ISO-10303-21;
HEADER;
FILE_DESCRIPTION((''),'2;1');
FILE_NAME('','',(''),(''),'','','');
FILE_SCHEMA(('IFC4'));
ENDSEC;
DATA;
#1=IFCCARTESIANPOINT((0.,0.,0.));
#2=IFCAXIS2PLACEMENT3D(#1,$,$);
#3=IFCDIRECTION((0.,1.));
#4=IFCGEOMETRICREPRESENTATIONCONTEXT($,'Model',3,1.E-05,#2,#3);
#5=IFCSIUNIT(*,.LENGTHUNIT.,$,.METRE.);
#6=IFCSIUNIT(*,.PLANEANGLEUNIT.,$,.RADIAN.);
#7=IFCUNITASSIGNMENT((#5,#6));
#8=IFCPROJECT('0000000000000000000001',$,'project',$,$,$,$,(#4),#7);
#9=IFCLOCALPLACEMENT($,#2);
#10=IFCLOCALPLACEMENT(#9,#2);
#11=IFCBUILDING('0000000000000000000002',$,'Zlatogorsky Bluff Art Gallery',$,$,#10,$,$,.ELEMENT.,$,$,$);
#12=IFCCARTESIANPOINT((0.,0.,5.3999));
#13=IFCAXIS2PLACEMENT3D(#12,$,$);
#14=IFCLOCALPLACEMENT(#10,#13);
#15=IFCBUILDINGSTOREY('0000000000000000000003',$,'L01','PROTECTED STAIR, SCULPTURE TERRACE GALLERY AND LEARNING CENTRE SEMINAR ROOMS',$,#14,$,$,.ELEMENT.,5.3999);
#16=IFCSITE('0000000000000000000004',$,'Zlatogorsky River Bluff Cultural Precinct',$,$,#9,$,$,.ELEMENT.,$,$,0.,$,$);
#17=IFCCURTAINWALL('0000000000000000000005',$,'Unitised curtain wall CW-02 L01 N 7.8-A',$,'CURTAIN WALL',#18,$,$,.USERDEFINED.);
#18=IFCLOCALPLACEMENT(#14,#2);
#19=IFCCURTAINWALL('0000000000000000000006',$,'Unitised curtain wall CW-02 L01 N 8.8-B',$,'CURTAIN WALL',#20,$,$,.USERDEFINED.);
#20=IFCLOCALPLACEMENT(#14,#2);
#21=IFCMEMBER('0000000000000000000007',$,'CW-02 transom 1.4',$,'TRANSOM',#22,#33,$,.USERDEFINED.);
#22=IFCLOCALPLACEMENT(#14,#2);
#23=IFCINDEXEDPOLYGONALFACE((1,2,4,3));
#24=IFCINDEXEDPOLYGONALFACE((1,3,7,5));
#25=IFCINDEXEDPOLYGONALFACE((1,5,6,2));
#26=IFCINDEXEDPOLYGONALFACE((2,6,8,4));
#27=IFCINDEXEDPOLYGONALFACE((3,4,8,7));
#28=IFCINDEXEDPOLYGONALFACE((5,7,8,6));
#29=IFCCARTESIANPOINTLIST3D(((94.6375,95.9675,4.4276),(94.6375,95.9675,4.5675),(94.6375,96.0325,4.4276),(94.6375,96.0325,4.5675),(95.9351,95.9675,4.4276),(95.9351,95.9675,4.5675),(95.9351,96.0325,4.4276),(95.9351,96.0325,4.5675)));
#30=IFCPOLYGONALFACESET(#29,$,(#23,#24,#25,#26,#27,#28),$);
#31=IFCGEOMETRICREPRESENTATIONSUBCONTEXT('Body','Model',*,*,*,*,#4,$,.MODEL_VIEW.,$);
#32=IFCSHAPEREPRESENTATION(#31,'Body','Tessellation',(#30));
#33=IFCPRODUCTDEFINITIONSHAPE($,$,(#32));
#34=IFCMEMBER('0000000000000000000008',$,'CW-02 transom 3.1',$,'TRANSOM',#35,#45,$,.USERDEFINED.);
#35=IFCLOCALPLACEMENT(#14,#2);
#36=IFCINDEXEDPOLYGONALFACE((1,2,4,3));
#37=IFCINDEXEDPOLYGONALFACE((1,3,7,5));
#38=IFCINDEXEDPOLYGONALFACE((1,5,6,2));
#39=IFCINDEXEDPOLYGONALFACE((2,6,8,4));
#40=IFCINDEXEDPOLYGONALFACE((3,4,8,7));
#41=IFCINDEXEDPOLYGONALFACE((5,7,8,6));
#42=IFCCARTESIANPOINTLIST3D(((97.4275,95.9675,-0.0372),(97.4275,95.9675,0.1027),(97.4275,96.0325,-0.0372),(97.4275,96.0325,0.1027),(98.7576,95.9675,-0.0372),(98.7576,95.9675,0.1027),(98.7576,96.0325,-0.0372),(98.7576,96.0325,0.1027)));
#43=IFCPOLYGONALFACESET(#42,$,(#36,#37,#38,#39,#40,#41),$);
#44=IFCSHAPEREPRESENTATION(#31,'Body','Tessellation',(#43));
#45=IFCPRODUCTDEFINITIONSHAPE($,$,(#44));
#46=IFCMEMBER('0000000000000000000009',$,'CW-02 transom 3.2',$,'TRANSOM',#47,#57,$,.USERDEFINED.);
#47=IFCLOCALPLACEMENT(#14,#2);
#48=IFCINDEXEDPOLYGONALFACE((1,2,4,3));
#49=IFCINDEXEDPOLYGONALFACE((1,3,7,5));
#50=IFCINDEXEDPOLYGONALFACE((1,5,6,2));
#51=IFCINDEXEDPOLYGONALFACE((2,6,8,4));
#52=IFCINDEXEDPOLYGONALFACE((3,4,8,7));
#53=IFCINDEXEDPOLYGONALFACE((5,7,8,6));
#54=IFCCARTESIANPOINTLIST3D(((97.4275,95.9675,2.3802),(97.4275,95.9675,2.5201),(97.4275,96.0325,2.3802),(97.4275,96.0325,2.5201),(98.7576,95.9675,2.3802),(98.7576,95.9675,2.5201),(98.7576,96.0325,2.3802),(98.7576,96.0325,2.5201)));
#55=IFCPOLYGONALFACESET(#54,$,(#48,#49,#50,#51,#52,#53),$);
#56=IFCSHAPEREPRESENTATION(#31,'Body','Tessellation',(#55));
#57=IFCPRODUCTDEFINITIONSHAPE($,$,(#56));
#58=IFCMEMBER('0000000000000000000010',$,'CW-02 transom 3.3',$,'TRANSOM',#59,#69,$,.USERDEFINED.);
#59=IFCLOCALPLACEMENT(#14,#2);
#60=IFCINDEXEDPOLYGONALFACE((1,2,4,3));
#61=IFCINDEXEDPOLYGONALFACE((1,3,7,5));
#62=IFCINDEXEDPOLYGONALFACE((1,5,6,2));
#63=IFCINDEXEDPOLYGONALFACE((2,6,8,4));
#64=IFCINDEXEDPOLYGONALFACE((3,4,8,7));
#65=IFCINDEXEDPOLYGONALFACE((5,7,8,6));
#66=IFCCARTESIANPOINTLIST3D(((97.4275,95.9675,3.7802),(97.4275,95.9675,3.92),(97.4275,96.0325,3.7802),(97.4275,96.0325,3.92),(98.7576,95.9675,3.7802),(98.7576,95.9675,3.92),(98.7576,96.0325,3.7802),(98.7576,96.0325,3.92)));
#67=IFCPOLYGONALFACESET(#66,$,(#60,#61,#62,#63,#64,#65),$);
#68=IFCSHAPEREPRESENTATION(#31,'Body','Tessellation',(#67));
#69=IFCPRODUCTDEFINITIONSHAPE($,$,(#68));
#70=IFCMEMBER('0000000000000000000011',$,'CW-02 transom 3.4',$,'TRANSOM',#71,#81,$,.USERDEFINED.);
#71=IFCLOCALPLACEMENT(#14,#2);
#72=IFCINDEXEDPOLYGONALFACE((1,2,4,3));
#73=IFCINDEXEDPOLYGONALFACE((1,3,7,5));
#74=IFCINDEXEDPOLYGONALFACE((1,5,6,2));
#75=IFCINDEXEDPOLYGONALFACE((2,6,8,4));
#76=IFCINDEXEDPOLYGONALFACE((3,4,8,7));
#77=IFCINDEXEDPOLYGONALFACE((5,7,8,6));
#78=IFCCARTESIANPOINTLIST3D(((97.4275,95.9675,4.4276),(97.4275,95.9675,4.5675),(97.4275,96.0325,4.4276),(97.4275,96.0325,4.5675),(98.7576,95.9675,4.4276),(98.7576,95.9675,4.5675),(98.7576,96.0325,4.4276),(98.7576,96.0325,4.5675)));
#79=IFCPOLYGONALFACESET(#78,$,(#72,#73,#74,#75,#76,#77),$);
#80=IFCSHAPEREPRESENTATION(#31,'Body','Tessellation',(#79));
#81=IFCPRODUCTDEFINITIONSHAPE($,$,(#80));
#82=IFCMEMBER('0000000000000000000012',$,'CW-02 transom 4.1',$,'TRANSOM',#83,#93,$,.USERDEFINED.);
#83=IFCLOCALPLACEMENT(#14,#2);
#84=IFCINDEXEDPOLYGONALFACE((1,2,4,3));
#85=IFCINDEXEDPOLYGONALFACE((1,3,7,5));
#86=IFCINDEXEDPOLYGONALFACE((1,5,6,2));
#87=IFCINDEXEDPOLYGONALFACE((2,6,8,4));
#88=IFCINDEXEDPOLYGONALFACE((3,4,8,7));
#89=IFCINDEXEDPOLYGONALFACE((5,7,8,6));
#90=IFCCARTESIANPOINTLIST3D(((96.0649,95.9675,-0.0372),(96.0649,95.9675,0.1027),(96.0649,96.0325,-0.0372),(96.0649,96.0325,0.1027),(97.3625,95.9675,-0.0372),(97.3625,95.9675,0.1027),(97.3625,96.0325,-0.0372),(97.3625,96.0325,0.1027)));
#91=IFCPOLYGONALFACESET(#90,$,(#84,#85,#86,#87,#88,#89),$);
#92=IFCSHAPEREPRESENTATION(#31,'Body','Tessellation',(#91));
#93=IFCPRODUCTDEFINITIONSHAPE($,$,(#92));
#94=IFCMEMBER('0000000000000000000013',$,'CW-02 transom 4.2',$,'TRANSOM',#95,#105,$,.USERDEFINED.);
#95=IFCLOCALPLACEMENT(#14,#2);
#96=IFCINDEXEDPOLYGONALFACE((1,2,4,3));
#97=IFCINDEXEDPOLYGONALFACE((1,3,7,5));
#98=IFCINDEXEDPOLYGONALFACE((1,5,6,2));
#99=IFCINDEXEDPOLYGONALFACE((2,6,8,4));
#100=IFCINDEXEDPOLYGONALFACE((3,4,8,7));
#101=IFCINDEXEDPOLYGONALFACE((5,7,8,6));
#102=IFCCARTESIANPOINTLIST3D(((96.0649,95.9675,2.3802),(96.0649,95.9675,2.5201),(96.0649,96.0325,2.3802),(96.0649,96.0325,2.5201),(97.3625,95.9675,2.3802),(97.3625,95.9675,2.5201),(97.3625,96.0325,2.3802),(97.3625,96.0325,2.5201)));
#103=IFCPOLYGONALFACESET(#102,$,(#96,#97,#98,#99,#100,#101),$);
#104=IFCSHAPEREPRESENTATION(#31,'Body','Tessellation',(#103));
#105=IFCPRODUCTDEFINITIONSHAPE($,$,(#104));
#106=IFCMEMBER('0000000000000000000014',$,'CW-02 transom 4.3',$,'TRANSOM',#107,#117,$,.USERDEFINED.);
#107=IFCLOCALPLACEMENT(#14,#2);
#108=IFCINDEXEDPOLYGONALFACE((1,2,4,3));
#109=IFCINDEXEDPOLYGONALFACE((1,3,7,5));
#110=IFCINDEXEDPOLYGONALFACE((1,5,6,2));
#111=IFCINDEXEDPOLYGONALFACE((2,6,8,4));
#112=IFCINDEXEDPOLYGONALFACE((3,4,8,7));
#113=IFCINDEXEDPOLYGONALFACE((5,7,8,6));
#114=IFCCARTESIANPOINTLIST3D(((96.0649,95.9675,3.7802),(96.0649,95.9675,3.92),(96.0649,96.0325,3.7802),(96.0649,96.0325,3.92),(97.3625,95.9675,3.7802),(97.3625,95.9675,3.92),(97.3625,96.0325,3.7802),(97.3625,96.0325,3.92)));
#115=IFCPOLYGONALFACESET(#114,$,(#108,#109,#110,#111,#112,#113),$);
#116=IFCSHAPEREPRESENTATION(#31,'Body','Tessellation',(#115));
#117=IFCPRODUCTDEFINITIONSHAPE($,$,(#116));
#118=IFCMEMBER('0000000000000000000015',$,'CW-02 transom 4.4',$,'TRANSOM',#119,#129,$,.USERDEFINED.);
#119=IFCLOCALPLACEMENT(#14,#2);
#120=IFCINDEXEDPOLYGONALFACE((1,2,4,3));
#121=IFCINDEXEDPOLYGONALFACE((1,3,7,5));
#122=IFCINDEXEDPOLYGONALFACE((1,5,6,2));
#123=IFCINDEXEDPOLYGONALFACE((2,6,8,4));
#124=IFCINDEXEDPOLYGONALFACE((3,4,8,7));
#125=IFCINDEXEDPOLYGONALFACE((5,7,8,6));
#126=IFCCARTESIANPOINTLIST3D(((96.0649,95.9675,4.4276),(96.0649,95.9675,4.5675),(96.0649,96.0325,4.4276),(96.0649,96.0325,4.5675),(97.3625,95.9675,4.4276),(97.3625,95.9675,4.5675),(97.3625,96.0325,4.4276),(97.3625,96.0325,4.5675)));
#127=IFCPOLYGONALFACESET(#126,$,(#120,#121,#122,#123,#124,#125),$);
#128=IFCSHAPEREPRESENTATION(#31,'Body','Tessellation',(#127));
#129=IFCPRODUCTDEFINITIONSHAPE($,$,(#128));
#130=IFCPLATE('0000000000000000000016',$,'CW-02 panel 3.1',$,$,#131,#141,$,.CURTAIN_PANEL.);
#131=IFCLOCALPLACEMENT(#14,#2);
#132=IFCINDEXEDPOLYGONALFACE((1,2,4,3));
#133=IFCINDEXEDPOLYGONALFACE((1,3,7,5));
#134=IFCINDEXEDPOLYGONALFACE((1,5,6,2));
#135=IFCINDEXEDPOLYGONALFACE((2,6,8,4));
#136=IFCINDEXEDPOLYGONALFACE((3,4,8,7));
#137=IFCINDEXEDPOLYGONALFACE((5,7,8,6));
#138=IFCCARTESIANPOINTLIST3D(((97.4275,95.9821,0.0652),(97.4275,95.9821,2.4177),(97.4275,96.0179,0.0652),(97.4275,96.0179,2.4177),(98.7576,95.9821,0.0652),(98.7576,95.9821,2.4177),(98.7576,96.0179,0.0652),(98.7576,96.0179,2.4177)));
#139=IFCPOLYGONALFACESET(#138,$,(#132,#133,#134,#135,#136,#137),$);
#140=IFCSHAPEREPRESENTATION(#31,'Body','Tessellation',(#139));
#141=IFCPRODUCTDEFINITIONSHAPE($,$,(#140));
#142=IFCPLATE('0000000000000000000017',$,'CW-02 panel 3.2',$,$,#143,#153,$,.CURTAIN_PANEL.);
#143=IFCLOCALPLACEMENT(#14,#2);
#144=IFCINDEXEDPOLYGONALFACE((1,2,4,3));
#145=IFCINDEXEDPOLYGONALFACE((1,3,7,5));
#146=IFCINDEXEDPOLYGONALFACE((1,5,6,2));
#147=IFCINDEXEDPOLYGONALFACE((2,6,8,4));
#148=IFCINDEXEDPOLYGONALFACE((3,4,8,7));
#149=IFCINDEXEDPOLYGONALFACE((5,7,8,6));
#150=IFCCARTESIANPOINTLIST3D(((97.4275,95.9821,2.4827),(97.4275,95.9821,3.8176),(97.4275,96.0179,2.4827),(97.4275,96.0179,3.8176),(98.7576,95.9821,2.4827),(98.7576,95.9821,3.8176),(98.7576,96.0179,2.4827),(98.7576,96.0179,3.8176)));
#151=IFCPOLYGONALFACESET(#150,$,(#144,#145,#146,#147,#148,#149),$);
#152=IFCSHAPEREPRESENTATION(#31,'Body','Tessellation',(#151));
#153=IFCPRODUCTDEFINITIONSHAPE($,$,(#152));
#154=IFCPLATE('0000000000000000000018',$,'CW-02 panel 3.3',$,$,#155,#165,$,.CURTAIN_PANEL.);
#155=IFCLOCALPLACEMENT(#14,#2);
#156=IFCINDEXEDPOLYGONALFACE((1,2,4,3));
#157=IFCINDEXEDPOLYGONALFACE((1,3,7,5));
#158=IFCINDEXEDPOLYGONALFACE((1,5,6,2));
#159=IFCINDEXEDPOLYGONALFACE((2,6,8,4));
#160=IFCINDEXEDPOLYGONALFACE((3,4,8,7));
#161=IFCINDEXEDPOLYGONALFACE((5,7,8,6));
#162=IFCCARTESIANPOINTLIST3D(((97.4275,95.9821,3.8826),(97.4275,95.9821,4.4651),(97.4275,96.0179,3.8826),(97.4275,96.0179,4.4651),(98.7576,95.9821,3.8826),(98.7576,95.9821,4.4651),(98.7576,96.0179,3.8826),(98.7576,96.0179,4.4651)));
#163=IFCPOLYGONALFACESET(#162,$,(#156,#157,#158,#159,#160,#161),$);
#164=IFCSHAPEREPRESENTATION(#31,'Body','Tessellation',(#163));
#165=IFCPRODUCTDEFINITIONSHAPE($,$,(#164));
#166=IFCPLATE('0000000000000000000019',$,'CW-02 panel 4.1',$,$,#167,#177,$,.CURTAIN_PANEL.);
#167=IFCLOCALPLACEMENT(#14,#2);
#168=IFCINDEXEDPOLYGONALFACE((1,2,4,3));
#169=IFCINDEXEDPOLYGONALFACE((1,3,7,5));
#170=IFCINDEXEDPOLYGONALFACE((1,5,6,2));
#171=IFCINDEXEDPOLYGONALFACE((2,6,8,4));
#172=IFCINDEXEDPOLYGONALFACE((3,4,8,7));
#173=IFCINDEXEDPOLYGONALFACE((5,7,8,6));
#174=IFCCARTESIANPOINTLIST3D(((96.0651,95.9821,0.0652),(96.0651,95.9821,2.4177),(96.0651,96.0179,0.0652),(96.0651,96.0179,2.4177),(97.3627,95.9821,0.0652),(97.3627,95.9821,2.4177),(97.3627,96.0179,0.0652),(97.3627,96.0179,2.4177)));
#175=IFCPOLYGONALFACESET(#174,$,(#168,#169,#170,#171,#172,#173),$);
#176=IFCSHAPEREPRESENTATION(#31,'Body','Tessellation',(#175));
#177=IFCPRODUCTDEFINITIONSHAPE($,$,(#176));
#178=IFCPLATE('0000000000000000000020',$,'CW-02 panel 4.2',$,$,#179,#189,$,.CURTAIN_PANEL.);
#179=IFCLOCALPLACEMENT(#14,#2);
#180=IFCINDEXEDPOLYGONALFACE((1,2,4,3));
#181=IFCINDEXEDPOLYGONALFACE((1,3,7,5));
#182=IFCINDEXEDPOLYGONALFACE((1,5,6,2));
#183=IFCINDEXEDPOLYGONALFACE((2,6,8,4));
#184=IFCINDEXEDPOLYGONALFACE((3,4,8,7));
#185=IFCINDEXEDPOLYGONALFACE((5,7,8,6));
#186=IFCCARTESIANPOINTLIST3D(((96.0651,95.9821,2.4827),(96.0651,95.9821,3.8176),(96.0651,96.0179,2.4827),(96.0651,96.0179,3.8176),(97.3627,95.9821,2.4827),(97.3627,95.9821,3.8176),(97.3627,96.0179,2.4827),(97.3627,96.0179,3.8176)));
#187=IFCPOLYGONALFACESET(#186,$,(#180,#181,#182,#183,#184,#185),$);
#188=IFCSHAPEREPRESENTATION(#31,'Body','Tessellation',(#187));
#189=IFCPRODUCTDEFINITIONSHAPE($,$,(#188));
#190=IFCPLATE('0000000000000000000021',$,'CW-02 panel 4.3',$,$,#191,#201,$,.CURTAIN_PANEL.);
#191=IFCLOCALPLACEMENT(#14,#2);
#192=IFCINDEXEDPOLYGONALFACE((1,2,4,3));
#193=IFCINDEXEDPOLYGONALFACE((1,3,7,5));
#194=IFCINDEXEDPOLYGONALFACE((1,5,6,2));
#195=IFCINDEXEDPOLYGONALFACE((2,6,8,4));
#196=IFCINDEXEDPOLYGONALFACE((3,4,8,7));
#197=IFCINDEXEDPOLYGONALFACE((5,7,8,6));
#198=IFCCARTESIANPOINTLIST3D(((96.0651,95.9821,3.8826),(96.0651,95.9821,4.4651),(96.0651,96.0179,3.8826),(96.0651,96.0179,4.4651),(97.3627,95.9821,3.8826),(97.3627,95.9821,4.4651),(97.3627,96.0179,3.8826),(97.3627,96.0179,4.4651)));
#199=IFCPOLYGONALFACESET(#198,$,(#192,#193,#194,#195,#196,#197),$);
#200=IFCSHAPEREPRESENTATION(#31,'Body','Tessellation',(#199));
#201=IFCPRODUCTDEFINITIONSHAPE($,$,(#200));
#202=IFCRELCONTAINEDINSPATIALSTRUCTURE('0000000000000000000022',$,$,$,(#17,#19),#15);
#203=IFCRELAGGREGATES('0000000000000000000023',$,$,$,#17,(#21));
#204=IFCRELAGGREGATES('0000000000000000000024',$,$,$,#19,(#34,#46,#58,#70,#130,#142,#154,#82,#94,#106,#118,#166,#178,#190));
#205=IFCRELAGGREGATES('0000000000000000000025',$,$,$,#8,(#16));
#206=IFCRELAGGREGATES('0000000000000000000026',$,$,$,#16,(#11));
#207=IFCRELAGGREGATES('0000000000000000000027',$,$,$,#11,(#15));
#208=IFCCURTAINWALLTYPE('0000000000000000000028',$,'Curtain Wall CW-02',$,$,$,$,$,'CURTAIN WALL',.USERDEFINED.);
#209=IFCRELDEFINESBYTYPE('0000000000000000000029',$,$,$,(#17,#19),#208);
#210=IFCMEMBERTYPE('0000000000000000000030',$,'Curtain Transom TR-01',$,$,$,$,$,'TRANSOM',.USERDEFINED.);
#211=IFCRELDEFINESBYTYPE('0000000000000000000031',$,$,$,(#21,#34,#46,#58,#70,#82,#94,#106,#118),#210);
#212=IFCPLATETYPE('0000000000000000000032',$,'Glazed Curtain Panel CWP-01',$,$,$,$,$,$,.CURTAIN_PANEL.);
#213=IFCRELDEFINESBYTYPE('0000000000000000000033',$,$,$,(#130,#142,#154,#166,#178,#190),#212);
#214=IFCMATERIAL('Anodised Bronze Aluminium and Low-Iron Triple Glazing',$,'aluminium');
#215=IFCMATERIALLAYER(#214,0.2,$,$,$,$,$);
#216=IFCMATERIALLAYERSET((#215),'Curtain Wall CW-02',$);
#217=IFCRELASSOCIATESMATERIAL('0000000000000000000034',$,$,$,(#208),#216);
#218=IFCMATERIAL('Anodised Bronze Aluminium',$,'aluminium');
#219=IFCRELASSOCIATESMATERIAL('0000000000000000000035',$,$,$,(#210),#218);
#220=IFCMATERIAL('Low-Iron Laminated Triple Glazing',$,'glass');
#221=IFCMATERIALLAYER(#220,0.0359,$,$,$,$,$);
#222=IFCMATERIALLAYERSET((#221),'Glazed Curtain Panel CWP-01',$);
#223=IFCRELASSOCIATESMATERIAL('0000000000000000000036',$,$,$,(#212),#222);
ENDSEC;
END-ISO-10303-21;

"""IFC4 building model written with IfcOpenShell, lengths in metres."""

from ifc_helpers import new_model, si_unit, direction, frame, origin, origin_2d, place, context, subcontext, project, spatial, rectangle, extrude, material, layer, layer_set, material_profile, profile_set, type_object, element, aggregate, save


model = new_model("IFC4")

# Units and contexts
model_context = context("Model", 3, precision=1e-05, world=origin(), true_north=direction((0.0, 1.0)))
body_context = subcontext(model_context, "Body", "Model", "MODEL_VIEW")
ifc_project = project(units=[si_unit("LENGTHUNIT", "METRE"), si_unit("PLANEANGLEUNIT", "RADIAN")], contexts=[model_context])

# Site, building, storey
site_placement = place(None, origin())
site = spatial("IfcSite", under=ifc_project, at=site_placement, Name="Zlatogorsky River Bluff Cultural Precinct", CompositionType="ELEMENT", RefElevation=0.0)
building_placement = place(site_placement, origin())
building = spatial("IfcBuilding", under=site, at=building_placement, Name="Zlatogorsky Bluff Art Gallery", CompositionType="ELEMENT")
storey_placement = place(building_placement, frame((0.0, 0.0, 5.3999)))
storey = spatial("IfcBuildingStorey", under=building, at=storey_placement, Name="L01", Description="PROTECTED STAIR, SCULPTURE TERRACE GALLERY AND LEARNING CENTRE SEMINAR ROOMS", CompositionType="ELEMENT", Elevation=5.3999)

# Curtain wall
ifc_material_1 = material(Name="Anodised Bronze Aluminium and Low-Iron Triple Glazing", Category="aluminium")
ifc_layer_1 = layer(ifc_material_1, 0.2)
ifc_layer_set_1 = layer_set([ifc_layer_1], Name="Curtain Wall CW-02")
curtain_wall_type = type_object("IfcCurtainWallType", Name="Curtain Wall CW-02", ElementType="CURTAIN WALL", PredefinedType="USERDEFINED", material=ifc_layer_set_1)
curtain_wall_1_placement = place(storey_placement, origin())
curtain_wall_1 = element("IfcCurtainWall", 1, at=curtain_wall_1_placement, inside=storey, type_object=curtain_wall_type, Name="Unitised curtain wall CW-02 L01 N 7.8-A", ObjectType="CURTAIN WALL", PredefinedType="USERDEFINED")
ifc_material_2 = material(Name="Anodised Bronze Aluminium", Category="aluminium")

# Curtain wall
curtain_wall_2_placement = place(storey_placement, origin())
curtain_wall_2 = element("IfcCurtainWall", 2, at=curtain_wall_2_placement, inside=storey, type_object=curtain_wall_type, Name="Unitised curtain wall CW-02 L01 N 8.8-B", ObjectType="CURTAIN WALL", PredefinedType="USERDEFINED")

# Members
ifc_material_profile_1 = material_profile(ifc_material_2, rectangle(XDim=0.0649, YDim=0.1399, at=origin_2d()), Name="ALU TRANSOM 65x140")
ifc_profile_set_1 = profile_set([ifc_material_profile_1], Name="Anodised Bronze Aluminium")
member_type_1 = type_object("IfcMemberType", Name="Curtain Transom TR-01", ElementType="TRANSOM", PredefinedType="USERDEFINED", material=ifc_profile_set_1)
member_1_placement = place(storey_placement, frame((95.9351, 96.0, 4.4976), z_axis=(-1.0, 0.0, 0.0), x_axis=(0.0, -1.0, 0.0)))
member_1 = element("IfcMember", 3, at=member_1_placement, type_object=member_type_1, Name="CW-02 transom 1.4", ObjectType="TRANSOM", PredefinedType="USERDEFINED", context=body_context, shape_type="SweptSolid", body=[
    extrude(rectangle(XDim=0.0649, YDim=0.1399, at=origin_2d()), origin(), (0.0, 0.0, 1.0), 1.2976),
])
aggregate(curtain_wall_1, [member_1])
member_2_placement = place(storey_placement, frame((98.7576, 96.0, 0.0327), z_axis=(-1.0, 0.0, 0.0), x_axis=(0.0, -1.0, 0.0)))
member_2 = element("IfcMember", 4, at=member_2_placement, type_object=member_type_1, Name="CW-02 transom 3.1", ObjectType="TRANSOM", PredefinedType="USERDEFINED", context=body_context, shape_type="SweptSolid", body=[
    extrude(rectangle(XDim=0.0649, YDim=0.1399, at=origin_2d()), origin(), (0.0, 0.0, 1.0), 1.3301),
])
member_3_placement = place(storey_placement, frame((98.7576, 96.0, 2.4502), z_axis=(-1.0, 0.0, 0.0), x_axis=(0.0, -1.0, 0.0)))
member_3 = element("IfcMember", 5, at=member_3_placement, type_object=member_type_1, Name="CW-02 transom 3.2", ObjectType="TRANSOM", PredefinedType="USERDEFINED", context=body_context, shape_type="SweptSolid", body=[
    extrude(rectangle(XDim=0.0649, YDim=0.1399, at=origin_2d()), origin(), (0.0, 0.0, 1.0), 1.3301),
])
member_4_placement = place(storey_placement, frame((98.7576, 96.0, 3.8501), z_axis=(-1.0, 0.0, 0.0), x_axis=(0.0, -1.0, 0.0)))
member_4 = element("IfcMember", 6, at=member_4_placement, type_object=member_type_1, Name="CW-02 transom 3.3", ObjectType="TRANSOM", PredefinedType="USERDEFINED", context=body_context, shape_type="SweptSolid", body=[
    extrude(rectangle(XDim=0.0649, YDim=0.1399, at=origin_2d()), origin(), (0.0, 0.0, 1.0), 1.3301),
])
member_5_placement = place(storey_placement, frame((98.7576, 96.0, 4.4976), z_axis=(-1.0, 0.0, 0.0), x_axis=(0.0, -1.0, 0.0)))
member_5 = element("IfcMember", 7, at=member_5_placement, type_object=member_type_1, Name="CW-02 transom 3.4", ObjectType="TRANSOM", PredefinedType="USERDEFINED", context=body_context, shape_type="SweptSolid", body=[
    extrude(rectangle(XDim=0.0649, YDim=0.1399, at=origin_2d()), origin(), (0.0, 0.0, 1.0), 1.3301),
])
member_6_placement = place(storey_placement, frame((97.3625, 96.0, 0.0327), z_axis=(-1.0, 0.0, 0.0), x_axis=(0.0, -1.0, 0.0)))
member_6 = element("IfcMember", 8, at=member_6_placement, type_object=member_type_1, Name="CW-02 transom 4.1", ObjectType="TRANSOM", PredefinedType="USERDEFINED", context=body_context, shape_type="SweptSolid", body=[
    extrude(rectangle(XDim=0.0649, YDim=0.1399, at=origin_2d()), origin(), (0.0, 0.0, 1.0), 1.2976),
])
member_7_placement = place(storey_placement, frame((97.3625, 96.0, 2.4502), z_axis=(-1.0, 0.0, 0.0), x_axis=(0.0, -1.0, 0.0)))
member_7 = element("IfcMember", 9, at=member_7_placement, type_object=member_type_1, Name="CW-02 transom 4.2", ObjectType="TRANSOM", PredefinedType="USERDEFINED", context=body_context, shape_type="SweptSolid", body=[
    extrude(rectangle(XDim=0.0649, YDim=0.1399, at=origin_2d()), origin(), (0.0, 0.0, 1.0), 1.2976),
])
member_8_placement = place(storey_placement, frame((97.3625, 96.0, 3.8501), z_axis=(-1.0, 0.0, 0.0), x_axis=(0.0, -1.0, 0.0)))
member_8 = element("IfcMember", 10, at=member_8_placement, type_object=member_type_1, Name="CW-02 transom 4.3", ObjectType="TRANSOM", PredefinedType="USERDEFINED", context=body_context, shape_type="SweptSolid", body=[
    extrude(rectangle(XDim=0.0649, YDim=0.1399, at=origin_2d()), origin(), (0.0, 0.0, 1.0), 1.2976),
])
member_9_placement = place(storey_placement, frame((97.3625, 96.0, 4.4976), z_axis=(-1.0, 0.0, 0.0), x_axis=(0.0, -1.0, 0.0)))
member_9 = element("IfcMember", 11, at=member_9_placement, type_object=member_type_1, Name="CW-02 transom 4.4", ObjectType="TRANSOM", PredefinedType="USERDEFINED", context=body_context, shape_type="SweptSolid", body=[
    extrude(rectangle(XDim=0.0649, YDim=0.1399, at=origin_2d()), origin(), (0.0, 0.0, 1.0), 1.2976),
])

# Plates
ifc_material_3 = material(Name="Low-Iron Laminated Triple Glazing", Category="glass")
ifc_layer_2 = layer(ifc_material_3, 0.0359)
ifc_layer_set_2 = layer_set([ifc_layer_2], Name="Glazed Curtain Panel CWP-01")
plate_type = type_object("IfcPlateType", Name="Glazed Curtain Panel CWP-01", PredefinedType="CURTAIN_PANEL", material=ifc_layer_set_2)
plate_1_placement = place(storey_placement, frame((98.0925, 96.0, 0.0652), z_axis=(0.0, 0.0, 1.0), x_axis=(-1.0, 0.0, 0.0)))
plate_1 = element("IfcPlate", 12, at=plate_1_placement, type_object=plate_type, Name="CW-02 panel 3.1", PredefinedType="CURTAIN_PANEL", context=body_context, shape_type="SweptSolid", body=[
    extrude(rectangle(XDim=1.3301, YDim=0.0359, at=origin_2d()), origin(), (0.0, 0.0, 1.0), 2.3525),
])
plate_2_placement = place(storey_placement, frame((98.0925, 96.0, 2.4827), z_axis=(0.0, 0.0, 1.0), x_axis=(-1.0, 0.0, 0.0)))
plate_2 = element("IfcPlate", 13, at=plate_2_placement, type_object=plate_type, Name="CW-02 panel 3.2", PredefinedType="CURTAIN_PANEL", context=body_context, shape_type="SweptSolid", body=[
    extrude(rectangle(XDim=1.3301, YDim=0.0359, at=origin_2d()), origin(), (0.0, 0.0, 1.0), 1.335),
])
plate_3_placement = place(storey_placement, frame((98.0925, 96.0, 3.8826), z_axis=(0.0, 0.0, 1.0), x_axis=(-1.0, 0.0, 0.0)))
plate_3 = element("IfcPlate", 14, at=plate_3_placement, type_object=plate_type, Name="CW-02 panel 3.3", PredefinedType="CURTAIN_PANEL", context=body_context, shape_type="SweptSolid", body=[
    extrude(rectangle(XDim=1.3301, YDim=0.0359, at=origin_2d()), origin(), (0.0, 0.0, 1.0), 0.5825),
])
plate_4_placement = place(storey_placement, frame((96.7139, 96.0, 0.0652), z_axis=(0.0, 0.0, 1.0), x_axis=(-1.0, 0.0, 0.0)))
plate_4 = element("IfcPlate", 15, at=plate_4_placement, type_object=plate_type, Name="CW-02 panel 4.1", PredefinedType="CURTAIN_PANEL", context=body_context, shape_type="SweptSolid", body=[
    extrude(rectangle(XDim=1.2976, YDim=0.0359, at=origin_2d()), origin(), (0.0, 0.0, 1.0), 2.3525),
])
plate_5_placement = place(storey_placement, frame((96.7139, 96.0, 2.4827), z_axis=(0.0, 0.0, 1.0), x_axis=(-1.0, 0.0, 0.0)))
plate_5 = element("IfcPlate", 16, at=plate_5_placement, type_object=plate_type, Name="CW-02 panel 4.2", PredefinedType="CURTAIN_PANEL", context=body_context, shape_type="SweptSolid", body=[
    extrude(rectangle(XDim=1.2976, YDim=0.0359, at=origin_2d()), origin(), (0.0, 0.0, 1.0), 1.335),
])
plate_6_placement = place(storey_placement, frame((96.7139, 96.0, 3.8826), z_axis=(0.0, 0.0, 1.0), x_axis=(-1.0, 0.0, 0.0)))
plate_6 = element("IfcPlate", 17, at=plate_6_placement, type_object=plate_type, Name="CW-02 panel 4.3", PredefinedType="CURTAIN_PANEL", context=body_context, shape_type="SweptSolid", body=[
    extrude(rectangle(XDim=1.2976, YDim=0.0359, at=origin_2d()), origin(), (0.0, 0.0, 1.0), 0.5825),
])
aggregate(curtain_wall_2, [member_2, member_3, member_4, member_5, plate_1, plate_2, plate_3, member_6, member_7, member_8, member_9, plate_4, plate_5, plate_6])

save(model, "model.ifc")
